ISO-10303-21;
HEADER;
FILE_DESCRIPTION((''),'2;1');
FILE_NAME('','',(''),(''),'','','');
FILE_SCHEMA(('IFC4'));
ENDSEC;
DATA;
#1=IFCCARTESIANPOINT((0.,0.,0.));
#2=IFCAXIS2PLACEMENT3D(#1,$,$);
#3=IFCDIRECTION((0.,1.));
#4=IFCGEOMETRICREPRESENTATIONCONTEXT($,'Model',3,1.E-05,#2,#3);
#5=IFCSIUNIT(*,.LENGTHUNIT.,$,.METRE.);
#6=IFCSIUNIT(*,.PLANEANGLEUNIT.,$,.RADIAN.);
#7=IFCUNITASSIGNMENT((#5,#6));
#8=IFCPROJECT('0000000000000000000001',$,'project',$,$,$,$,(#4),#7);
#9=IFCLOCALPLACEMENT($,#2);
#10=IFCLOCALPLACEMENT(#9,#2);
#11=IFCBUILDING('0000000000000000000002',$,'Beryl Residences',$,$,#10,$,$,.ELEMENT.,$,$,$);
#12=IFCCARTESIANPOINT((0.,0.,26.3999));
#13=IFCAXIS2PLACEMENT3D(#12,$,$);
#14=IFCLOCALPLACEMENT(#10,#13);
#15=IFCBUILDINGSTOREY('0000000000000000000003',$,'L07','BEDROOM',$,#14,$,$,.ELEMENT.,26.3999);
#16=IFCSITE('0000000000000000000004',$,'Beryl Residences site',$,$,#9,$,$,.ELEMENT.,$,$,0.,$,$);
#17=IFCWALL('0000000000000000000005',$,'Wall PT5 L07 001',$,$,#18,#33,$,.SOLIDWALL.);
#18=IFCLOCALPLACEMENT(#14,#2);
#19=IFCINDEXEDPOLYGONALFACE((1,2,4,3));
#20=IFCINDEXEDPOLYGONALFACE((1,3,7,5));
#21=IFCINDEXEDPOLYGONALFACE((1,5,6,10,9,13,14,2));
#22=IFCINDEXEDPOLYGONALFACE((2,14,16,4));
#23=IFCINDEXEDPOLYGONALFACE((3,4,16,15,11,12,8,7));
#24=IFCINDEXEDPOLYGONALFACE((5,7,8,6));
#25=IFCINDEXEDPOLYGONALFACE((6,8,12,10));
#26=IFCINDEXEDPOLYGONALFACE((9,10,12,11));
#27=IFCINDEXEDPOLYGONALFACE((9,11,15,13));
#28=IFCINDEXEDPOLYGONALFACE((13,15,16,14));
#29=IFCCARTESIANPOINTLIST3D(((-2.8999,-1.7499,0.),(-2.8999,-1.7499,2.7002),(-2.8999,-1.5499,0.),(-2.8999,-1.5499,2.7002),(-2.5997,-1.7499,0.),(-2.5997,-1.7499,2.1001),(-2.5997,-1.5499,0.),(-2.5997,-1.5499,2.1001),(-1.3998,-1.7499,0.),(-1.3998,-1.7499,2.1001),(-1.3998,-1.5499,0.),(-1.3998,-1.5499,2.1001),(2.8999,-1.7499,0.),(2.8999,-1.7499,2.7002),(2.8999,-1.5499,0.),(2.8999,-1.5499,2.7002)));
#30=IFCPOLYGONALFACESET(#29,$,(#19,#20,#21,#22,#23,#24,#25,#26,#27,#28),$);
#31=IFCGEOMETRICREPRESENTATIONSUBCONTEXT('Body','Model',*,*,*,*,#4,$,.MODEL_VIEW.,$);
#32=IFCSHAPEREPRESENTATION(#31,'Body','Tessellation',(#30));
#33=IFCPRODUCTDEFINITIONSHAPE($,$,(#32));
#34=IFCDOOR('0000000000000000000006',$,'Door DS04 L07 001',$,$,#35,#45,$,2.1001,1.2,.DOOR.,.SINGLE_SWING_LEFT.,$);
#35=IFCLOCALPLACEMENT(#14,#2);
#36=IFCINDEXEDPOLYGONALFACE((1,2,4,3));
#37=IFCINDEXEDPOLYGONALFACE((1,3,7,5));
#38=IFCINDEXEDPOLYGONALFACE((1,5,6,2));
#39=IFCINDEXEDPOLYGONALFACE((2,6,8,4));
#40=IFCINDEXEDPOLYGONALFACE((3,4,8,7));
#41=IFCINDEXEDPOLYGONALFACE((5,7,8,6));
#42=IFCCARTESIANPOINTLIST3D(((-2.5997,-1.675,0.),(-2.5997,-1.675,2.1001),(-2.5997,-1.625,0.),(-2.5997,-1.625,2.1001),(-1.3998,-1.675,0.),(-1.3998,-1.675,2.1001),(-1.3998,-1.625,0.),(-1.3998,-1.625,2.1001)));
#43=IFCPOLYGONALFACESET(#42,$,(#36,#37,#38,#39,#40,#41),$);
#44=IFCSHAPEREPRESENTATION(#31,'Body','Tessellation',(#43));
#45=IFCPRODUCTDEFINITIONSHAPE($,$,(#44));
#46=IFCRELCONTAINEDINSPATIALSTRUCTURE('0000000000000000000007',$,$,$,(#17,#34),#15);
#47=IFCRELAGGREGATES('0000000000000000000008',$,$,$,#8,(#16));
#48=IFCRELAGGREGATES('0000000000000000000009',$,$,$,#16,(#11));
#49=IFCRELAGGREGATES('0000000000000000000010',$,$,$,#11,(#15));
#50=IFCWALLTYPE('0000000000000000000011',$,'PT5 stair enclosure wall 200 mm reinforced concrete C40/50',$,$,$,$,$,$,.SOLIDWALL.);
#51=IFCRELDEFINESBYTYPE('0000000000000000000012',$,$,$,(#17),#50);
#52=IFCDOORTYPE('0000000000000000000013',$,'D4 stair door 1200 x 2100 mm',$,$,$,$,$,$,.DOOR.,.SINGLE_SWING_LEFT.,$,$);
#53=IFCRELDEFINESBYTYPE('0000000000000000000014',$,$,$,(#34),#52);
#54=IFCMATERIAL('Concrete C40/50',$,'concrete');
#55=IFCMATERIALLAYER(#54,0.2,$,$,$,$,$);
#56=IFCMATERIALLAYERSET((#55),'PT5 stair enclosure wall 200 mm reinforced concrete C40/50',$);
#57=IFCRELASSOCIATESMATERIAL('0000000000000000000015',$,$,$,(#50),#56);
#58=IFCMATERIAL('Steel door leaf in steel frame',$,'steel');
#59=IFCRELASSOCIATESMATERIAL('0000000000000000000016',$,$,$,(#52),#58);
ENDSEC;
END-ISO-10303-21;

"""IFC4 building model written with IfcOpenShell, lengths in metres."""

from ifc_helpers import new_model, si_unit, direction, frame, frame_2d, origin, place, context, subcontext, project, spatial, rectangle, extrude, material, layer, layer_set, type_object, element, fill, save


model = new_model("IFC4")

# Units and contexts
model_context = context("Model", 3, precision=1e-05, world=origin(), true_north=direction((0.0, 1.0)))
body_context = subcontext(model_context, "Body", "Model", "MODEL_VIEW")
ifc_project = project(units=[si_unit("LENGTHUNIT", "METRE"), si_unit("PLANEANGLEUNIT", "RADIAN")], contexts=[model_context])

# Site, building, storey
site_placement = place(None, origin())
site = spatial("IfcSite", under=ifc_project, at=site_placement, Name="Beryl Residences site", CompositionType="ELEMENT", RefElevation=0.0)
building_placement = place(site_placement, origin())
building = spatial("IfcBuilding", under=site, at=building_placement, Name="Beryl Residences", CompositionType="ELEMENT")
storey_placement = place(building_placement, frame((0.0, 0.0, 26.3999)))
storey = spatial("IfcBuildingStorey", under=building, at=storey_placement, Name="L07", Description="BEDROOM", CompositionType="ELEMENT", Elevation=26.3999)

# Wall, opening, door
ifc_material_1 = material(Name="Concrete C40/50", Category="concrete")
ifc_layer_1 = layer(ifc_material_1, 0.2)
ifc_layer_set_1 = layer_set([ifc_layer_1], Name="PT5 stair enclosure wall 200 mm reinforced concrete C40/50")
wall_type_1 = type_object("IfcWallType", Name="PT5 stair enclosure wall 200 mm reinforced concrete C40/50", PredefinedType="SOLIDWALL", material=ifc_layer_set_1)
wall_1_placement = place(storey_placement, frame((-2.8999, -1.6499, 0.0), z_axis=(0.0, 0.0, 1.0), x_axis=(1.0, 0.0, 0.0)))
wall_1 = element("IfcWall", 1, at=wall_1_placement, inside=storey, type_object=wall_type_1, Name="Wall PT5 L07 001", PredefinedType="SOLIDWALL", context=body_context, shape_type="SweptSolid", body=[
    extrude(rectangle(XDim=5.7998, YDim=0.2, at=frame_2d((2.8999, 0.0))), origin(), (0.0, 0.0, 1.0), 2.7002),
])
opening_1_placement = place(wall_1_placement, frame((0.3, 0.0, 0.0)))
opening_1 = element("IfcOpeningElement", 2, at=opening_1_placement, cuts=wall_1, PredefinedType="OPENING", context=body_context, shape_type="SweptSolid", body=[
    extrude(rectangle(XDim=1.2, YDim=2.1001, at=frame_2d((0.6001, 1.05))), frame((0.0, 0.1099, 0.0), z_axis=(0.0, -1.0, 0.0), x_axis=(1.0, 0.0, 0.0)), (0.0, 0.0, 1.0), 0.22),
])
ifc_material_2 = material(Name="Steel door leaf in steel frame", Category="steel")
door_type_1 = type_object("IfcDoorType", Name="D4 stair door 1200 x 2100 mm", OperationType="SINGLE_SWING_LEFT", PredefinedType="DOOR", material=ifc_material_2)
door_1_placement = place(opening_1_placement, origin())
door_1 = element("IfcDoor", 3, at=door_1_placement, inside=storey, type_object=door_type_1, Name="Door DS04 L07 001", OperationType="SINGLE_SWING_LEFT", OverallHeight=2.1001, OverallWidth=1.2, PredefinedType="DOOR", context=body_context, shape_type="SweptSolid", body=[
    extrude(rectangle(XDim=1.2, YDim=2.1001, at=frame_2d((0.6001, 1.05))), frame((0.0, 0.0249, 0.0), z_axis=(0.0, -1.0, 0.0), x_axis=(1.0, 0.0, 0.0)), (0.0, 0.0, 1.0), 0.05),
])
fill(opening_1, door_1)

save(model, "model.ifc")
